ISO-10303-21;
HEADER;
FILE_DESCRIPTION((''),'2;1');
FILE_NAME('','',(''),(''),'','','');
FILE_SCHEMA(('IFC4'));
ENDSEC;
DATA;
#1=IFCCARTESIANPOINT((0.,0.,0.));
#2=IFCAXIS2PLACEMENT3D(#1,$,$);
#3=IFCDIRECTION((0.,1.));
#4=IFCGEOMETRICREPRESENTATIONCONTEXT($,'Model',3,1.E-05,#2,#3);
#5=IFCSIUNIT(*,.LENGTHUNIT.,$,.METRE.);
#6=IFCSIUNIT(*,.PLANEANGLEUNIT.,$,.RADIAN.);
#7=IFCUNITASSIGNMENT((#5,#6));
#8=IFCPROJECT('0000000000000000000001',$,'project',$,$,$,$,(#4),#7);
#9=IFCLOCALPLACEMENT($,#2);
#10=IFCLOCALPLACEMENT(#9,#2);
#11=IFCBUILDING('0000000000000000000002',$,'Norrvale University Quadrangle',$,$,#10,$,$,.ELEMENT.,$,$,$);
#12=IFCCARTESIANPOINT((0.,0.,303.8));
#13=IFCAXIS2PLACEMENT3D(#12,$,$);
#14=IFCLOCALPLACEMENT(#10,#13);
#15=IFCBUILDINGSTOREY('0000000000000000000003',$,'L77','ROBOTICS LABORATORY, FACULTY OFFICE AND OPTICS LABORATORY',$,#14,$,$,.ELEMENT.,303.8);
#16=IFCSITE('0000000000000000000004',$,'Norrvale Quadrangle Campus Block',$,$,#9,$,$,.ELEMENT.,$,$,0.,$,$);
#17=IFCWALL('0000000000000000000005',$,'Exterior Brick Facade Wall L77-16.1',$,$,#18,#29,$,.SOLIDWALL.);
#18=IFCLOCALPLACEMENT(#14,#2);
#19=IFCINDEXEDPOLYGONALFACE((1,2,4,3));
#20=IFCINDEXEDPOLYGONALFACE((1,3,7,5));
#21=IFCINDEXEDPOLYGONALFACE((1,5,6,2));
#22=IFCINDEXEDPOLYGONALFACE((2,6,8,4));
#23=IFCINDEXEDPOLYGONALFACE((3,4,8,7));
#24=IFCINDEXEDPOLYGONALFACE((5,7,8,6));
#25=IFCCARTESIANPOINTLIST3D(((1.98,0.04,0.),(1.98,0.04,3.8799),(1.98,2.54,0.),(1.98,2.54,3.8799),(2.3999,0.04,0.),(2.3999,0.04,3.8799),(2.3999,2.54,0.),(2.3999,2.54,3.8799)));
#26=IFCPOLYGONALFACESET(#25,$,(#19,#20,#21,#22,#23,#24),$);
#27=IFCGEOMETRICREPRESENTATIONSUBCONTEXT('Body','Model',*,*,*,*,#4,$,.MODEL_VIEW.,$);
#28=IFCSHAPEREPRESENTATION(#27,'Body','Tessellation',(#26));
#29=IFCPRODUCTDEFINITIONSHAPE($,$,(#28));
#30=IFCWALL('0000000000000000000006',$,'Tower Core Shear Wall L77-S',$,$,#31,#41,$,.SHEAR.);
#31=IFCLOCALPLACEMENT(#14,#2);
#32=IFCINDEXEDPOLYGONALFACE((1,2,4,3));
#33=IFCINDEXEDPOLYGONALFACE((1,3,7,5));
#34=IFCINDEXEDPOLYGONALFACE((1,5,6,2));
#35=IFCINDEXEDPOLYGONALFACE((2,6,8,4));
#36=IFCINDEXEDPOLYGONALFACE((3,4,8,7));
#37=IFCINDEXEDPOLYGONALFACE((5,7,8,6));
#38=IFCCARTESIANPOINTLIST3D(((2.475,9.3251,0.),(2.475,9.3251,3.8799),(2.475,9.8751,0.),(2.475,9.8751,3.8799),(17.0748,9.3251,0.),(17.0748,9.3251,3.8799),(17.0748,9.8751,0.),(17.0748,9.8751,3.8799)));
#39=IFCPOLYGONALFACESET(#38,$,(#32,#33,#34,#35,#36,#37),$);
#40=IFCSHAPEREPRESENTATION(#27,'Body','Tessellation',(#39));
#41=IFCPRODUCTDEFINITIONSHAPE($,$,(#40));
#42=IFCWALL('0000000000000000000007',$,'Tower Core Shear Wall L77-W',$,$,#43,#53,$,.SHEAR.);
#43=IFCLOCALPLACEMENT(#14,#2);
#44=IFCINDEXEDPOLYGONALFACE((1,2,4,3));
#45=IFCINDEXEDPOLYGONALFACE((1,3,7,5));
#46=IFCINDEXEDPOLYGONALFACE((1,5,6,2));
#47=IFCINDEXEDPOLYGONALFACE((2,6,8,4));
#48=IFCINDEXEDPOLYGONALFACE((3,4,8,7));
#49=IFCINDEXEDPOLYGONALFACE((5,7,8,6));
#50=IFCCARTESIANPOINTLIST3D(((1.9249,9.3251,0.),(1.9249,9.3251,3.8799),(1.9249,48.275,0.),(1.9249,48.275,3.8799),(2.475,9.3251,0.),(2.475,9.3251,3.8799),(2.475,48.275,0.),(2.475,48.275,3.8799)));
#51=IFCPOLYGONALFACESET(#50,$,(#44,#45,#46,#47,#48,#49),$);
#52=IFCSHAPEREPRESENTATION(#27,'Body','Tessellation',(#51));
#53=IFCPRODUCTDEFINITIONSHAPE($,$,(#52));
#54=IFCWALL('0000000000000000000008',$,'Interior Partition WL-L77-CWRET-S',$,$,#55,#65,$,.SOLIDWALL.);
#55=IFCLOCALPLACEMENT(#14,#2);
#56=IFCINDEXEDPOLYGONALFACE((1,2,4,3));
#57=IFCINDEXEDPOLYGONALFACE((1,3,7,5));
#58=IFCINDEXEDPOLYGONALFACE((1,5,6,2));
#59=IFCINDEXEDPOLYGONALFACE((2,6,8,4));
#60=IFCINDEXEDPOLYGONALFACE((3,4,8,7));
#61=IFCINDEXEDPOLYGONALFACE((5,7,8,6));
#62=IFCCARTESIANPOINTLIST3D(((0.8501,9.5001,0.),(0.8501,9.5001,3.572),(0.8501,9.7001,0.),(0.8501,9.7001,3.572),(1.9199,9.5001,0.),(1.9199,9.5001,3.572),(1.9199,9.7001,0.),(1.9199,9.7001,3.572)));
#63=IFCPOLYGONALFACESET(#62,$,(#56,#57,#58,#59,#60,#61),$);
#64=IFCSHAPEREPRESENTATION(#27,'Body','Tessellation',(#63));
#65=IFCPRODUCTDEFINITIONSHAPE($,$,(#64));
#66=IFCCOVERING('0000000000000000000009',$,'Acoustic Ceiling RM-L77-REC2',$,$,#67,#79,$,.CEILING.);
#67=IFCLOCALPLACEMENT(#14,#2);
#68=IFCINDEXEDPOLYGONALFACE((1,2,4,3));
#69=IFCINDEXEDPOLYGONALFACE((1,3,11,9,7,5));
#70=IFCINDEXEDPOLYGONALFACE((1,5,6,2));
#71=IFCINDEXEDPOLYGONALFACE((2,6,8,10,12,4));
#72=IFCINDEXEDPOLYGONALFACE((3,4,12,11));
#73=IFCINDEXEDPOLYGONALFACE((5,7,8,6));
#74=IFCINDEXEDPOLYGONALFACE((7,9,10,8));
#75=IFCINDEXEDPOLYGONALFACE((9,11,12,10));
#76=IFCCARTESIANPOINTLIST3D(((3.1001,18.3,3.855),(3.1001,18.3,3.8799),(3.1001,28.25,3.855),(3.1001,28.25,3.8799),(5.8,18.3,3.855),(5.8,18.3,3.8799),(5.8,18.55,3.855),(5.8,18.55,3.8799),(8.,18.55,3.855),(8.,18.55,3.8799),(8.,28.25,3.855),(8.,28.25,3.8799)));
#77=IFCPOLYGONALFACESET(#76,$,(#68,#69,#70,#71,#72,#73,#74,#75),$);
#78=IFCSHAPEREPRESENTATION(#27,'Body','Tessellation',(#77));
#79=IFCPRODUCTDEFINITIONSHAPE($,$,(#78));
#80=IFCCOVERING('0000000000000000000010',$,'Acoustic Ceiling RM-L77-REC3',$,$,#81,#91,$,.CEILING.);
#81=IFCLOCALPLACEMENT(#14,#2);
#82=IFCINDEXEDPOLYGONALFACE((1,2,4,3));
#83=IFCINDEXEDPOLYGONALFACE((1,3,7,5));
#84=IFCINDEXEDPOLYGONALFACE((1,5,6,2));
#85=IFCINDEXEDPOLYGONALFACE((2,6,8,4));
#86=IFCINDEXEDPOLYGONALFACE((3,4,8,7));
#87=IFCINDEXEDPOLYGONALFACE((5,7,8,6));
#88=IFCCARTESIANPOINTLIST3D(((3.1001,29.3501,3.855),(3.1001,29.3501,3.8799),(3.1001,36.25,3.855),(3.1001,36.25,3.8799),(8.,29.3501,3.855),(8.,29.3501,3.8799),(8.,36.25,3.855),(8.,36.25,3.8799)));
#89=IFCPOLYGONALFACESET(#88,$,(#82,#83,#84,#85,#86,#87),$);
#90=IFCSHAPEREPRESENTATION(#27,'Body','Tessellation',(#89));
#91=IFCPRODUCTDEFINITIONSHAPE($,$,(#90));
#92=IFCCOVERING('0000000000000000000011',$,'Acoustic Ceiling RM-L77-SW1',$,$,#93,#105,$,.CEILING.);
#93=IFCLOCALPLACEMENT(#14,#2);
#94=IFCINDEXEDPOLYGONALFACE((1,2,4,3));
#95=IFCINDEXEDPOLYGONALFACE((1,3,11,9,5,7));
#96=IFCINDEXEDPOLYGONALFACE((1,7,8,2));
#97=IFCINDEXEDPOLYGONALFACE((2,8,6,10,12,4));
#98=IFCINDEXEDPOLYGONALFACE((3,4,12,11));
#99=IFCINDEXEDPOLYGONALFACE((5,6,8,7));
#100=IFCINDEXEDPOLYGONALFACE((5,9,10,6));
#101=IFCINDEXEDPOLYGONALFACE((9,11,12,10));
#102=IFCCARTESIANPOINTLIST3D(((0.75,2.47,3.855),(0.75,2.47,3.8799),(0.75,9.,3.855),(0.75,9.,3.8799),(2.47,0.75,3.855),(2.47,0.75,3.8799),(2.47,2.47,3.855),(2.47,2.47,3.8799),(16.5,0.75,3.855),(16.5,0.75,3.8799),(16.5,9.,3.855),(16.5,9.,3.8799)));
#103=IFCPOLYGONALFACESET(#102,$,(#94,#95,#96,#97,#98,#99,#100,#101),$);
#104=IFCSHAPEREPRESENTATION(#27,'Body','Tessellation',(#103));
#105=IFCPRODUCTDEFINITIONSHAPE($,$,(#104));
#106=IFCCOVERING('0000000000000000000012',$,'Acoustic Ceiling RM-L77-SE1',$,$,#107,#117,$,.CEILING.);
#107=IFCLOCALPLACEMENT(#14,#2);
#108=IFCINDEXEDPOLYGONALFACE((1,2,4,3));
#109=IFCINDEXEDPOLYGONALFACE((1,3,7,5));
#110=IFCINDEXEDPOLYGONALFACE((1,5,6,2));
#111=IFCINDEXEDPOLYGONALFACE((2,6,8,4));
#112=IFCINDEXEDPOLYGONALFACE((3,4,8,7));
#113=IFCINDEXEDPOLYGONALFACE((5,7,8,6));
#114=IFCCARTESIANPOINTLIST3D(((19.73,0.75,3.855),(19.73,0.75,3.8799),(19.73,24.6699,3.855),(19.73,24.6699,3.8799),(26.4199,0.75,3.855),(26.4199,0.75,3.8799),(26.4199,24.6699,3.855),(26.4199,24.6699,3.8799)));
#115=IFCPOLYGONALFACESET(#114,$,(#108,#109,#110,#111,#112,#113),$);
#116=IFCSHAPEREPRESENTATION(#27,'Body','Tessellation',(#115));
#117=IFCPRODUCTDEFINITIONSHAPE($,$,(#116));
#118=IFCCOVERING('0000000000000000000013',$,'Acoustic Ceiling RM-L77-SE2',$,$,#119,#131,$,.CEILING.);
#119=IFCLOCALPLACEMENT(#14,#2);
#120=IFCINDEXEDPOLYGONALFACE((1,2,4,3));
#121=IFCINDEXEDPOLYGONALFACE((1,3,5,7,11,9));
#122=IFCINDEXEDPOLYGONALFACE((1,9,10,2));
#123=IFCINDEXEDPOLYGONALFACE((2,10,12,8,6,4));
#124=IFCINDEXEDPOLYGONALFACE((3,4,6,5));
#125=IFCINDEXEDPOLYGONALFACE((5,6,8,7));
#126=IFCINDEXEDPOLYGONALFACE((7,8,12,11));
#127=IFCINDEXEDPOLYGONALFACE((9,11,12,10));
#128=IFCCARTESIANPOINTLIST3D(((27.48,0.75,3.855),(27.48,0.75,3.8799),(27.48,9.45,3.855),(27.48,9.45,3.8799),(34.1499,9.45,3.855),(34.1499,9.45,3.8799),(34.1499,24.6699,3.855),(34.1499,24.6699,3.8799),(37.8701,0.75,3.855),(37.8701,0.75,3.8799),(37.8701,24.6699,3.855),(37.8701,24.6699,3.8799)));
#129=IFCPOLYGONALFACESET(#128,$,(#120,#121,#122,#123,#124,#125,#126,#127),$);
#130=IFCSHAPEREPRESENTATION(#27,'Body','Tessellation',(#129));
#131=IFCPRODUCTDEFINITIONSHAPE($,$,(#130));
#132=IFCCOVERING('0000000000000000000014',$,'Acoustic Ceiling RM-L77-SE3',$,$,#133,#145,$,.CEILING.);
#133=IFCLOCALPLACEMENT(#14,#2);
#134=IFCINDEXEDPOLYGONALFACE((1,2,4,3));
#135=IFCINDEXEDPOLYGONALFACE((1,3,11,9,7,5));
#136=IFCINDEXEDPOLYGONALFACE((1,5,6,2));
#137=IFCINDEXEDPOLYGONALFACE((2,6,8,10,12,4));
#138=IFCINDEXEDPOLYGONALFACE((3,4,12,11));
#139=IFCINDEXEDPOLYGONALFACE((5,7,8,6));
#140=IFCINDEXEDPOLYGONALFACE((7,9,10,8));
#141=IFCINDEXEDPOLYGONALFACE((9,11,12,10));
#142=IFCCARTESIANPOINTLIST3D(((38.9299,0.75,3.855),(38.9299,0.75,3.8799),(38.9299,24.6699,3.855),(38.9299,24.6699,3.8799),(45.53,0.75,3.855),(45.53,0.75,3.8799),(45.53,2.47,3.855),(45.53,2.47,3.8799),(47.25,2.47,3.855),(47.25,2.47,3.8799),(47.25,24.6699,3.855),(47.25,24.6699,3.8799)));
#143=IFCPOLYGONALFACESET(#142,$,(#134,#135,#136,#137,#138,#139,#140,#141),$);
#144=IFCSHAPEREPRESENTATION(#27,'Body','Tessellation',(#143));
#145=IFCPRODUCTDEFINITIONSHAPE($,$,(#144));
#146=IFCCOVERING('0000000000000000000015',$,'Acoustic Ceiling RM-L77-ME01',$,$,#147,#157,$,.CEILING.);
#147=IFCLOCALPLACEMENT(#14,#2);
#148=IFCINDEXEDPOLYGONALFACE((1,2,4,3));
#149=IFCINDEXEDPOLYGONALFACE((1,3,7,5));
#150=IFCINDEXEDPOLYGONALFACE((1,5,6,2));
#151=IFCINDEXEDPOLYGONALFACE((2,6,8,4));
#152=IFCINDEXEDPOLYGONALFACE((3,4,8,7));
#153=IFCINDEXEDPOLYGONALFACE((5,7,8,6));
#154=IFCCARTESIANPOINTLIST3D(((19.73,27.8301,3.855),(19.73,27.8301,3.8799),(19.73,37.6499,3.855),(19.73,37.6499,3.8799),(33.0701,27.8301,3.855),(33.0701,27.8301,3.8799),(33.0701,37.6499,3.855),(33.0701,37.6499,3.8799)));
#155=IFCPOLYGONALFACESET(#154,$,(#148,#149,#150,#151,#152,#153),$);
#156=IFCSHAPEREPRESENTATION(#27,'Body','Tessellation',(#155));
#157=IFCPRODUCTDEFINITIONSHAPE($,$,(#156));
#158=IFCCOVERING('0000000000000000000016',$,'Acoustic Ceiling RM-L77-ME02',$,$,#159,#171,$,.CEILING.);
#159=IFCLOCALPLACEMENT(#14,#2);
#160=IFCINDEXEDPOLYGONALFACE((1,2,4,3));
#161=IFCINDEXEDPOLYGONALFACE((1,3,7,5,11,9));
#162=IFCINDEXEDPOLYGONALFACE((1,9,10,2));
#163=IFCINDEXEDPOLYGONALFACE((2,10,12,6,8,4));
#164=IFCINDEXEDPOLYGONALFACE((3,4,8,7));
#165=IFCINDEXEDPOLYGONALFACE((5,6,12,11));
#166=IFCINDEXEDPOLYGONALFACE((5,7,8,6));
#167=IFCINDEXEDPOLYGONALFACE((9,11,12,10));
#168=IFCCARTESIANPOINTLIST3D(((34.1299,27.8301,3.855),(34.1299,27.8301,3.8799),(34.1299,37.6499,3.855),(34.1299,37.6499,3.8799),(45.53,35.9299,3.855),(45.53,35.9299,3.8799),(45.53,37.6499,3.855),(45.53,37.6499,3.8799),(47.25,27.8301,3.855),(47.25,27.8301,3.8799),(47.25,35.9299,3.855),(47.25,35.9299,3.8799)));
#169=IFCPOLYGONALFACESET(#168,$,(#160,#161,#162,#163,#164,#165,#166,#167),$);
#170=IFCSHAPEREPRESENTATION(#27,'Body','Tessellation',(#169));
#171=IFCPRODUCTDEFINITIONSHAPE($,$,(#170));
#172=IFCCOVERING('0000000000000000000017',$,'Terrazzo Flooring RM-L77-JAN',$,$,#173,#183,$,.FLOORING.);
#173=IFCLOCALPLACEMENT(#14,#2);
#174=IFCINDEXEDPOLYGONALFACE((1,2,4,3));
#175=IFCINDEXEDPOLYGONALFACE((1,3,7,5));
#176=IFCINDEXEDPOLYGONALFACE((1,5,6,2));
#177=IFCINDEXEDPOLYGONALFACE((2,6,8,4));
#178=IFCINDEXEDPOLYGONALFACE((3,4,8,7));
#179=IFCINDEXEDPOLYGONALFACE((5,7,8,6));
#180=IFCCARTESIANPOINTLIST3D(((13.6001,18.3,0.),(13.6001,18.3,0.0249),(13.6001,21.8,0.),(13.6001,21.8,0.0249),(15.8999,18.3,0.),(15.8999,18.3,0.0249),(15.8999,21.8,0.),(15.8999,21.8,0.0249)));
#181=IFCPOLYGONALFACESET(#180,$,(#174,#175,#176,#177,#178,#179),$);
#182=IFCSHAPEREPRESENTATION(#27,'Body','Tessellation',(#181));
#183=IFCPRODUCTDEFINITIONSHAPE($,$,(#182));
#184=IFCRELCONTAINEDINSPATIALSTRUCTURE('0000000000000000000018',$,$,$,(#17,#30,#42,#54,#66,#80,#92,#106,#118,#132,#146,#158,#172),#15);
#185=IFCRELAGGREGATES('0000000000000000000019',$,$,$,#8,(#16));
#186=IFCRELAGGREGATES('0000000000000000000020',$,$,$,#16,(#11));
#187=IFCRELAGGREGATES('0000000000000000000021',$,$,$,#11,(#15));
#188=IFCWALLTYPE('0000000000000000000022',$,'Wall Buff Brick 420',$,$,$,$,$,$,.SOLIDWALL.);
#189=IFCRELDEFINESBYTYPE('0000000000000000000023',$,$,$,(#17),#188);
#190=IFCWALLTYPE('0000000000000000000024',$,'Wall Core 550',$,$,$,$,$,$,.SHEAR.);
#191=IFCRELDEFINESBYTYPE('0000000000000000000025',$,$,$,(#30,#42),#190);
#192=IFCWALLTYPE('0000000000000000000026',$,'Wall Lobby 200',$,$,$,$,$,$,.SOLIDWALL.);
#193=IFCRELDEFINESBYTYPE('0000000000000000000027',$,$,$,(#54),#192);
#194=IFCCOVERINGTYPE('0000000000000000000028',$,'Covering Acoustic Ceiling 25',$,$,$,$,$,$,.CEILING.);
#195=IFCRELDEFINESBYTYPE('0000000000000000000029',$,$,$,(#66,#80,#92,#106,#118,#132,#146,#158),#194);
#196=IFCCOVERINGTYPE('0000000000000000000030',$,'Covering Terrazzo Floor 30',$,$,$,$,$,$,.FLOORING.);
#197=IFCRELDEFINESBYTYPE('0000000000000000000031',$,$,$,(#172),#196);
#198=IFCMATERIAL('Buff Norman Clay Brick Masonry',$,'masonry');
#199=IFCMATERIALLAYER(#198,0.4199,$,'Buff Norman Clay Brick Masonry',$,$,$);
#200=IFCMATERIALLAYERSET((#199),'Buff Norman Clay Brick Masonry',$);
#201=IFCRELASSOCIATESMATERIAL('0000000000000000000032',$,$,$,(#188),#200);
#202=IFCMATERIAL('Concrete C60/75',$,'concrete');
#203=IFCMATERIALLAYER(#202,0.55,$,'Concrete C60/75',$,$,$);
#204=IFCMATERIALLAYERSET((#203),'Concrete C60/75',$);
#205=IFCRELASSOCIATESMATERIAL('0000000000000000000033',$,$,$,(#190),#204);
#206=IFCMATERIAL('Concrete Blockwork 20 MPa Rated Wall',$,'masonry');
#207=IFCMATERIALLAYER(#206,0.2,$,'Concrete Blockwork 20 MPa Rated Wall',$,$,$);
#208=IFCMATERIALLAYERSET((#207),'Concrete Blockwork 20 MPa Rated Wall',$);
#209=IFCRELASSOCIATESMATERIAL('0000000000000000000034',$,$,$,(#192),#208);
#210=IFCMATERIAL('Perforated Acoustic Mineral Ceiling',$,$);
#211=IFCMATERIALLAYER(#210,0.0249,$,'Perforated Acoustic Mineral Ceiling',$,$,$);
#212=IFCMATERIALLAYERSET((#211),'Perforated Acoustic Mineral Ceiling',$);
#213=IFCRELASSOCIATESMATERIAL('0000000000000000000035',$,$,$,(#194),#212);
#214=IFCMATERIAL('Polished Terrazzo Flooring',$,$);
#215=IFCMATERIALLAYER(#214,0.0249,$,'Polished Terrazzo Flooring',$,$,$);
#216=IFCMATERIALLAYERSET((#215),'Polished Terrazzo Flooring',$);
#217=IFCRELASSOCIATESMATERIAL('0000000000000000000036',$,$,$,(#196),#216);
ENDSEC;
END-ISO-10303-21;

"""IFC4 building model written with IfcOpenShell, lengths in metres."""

from ifc_helpers import new_model, si_unit, direction, frame, frame_2d, origin, place, context, subcontext, project, spatial, polyline, rectangle, outline, extrude, material, layer, layer_set, type_object, element, save


model = new_model("IFC4")

# Units and contexts
model_context = context("Model", 3, precision=1e-05, world=origin(), true_north=direction((0.0, 1.0)))
body_context = subcontext(model_context, "Body", "Model", "MODEL_VIEW")
ifc_project = project(units=[si_unit("LENGTHUNIT", "METRE"), si_unit("PLANEANGLEUNIT", "RADIAN")], contexts=[model_context])

# Site, building, storey
site_placement = place(None, origin())
site = spatial("IfcSite", under=ifc_project, at=site_placement, Name="Norrvale Quadrangle Campus Block", CompositionType="ELEMENT", RefElevation=0.0)
building_placement = place(site_placement, origin())
building = spatial("IfcBuilding", under=site, at=building_placement, Name="Norrvale University Quadrangle", CompositionType="ELEMENT")
storey_placement = place(building_placement, frame((0.0, 0.0, 303.8)))
storey = spatial("IfcBuildingStorey", under=building, at=storey_placement, Name="L77", Description="ROBOTICS LABORATORY, FACULTY OFFICE AND OPTICS LABORATORY", CompositionType="ELEMENT", Elevation=303.8)

# Shared definitions
ifc_material_1 = material(Name="Concrete C60/75", Category="concrete")

# Shared definitions
ifc_material_2 = material(Name="Buff Norman Clay Brick Masonry", Category="masonry")
ifc_layer_1 = layer(ifc_material_2, 0.4199, Name="Buff Norman Clay Brick Masonry")
ifc_layer_set_1 = layer_set([ifc_layer_1], Name="Buff Norman Clay Brick Masonry")
wall_type_1 = type_object("IfcWallType", Name="Wall Buff Brick 420", PredefinedType="SOLIDWALL", material=ifc_layer_set_1)

# Walls
for number, where, z_axis, x_axis, name in (
    (1, (2.1899, 2.54, 0.0), (0.0, 0.0, 1.0), (0.0, -1.0, 0.0), "Exterior Brick Facade Wall L77-16.1"),
):
    element("IfcWall", number, at=place(storey_placement, frame(where, z_axis=z_axis, x_axis=x_axis)), inside=storey, type_object=wall_type_1, Name=name, PredefinedType="SOLIDWALL", context=body_context, shape_type="SweptSolid", body=[
        extrude(rectangle(XDim=2.5, YDim=0.4199, at=frame_2d((1.25, 0.0))), origin(), (0.0, 0.0, 1.0), 3.8799),
    ])
ifc_layer_2 = layer(ifc_material_1, 0.55, Name="Concrete C60/75")
ifc_layer_set_2 = layer_set([ifc_layer_2], Name="Concrete C60/75")
wall_type_2 = type_object("IfcWallType", Name="Wall Core 550", PredefinedType="SHEAR", material=ifc_layer_set_2)
wall_1_placement = place(storey_placement, frame((2.4751, 9.6001, 0.0), z_axis=(0.0, 0.0, 1.0), x_axis=(1.0, 0.0, 0.0)))
element("IfcWall", 2, at=wall_1_placement, inside=storey, type_object=wall_type_2, Name="Tower Core Shear Wall L77-S", PredefinedType="SHEAR", context=body_context, shape_type="SweptSolid", body=[
    extrude(rectangle(XDim=14.5999, YDim=0.55, at=frame_2d((7.2998, 0.0))), origin(), (0.0, 0.0, 1.0), 3.8799),
])
wall_2_placement = place(storey_placement, frame((2.2, 9.325, 0.0), z_axis=(0.0, 0.0, 1.0), x_axis=(0.0, 1.0, 0.0)))
element("IfcWall", 3, at=wall_2_placement, inside=storey, type_object=wall_type_2, Name="Tower Core Shear Wall L77-W", PredefinedType="SHEAR", context=body_context, shape_type="SweptSolid", body=[
    extrude(rectangle(XDim=38.95, YDim=0.55, at=frame_2d((19.4751, 0.0))), origin(), (0.0, 0.0, 1.0), 3.8799),
])
ifc_material_3 = material(Name="Concrete Blockwork 20 MPa Rated Wall", Category="masonry")
ifc_layer_3 = layer(ifc_material_3, 0.2, Name="Concrete Blockwork 20 MPa Rated Wall")
ifc_layer_set_3 = layer_set([ifc_layer_3], Name="Concrete Blockwork 20 MPa Rated Wall")
wall_type_3 = type_object("IfcWallType", Name="Wall Lobby 200", PredefinedType="SOLIDWALL", material=ifc_layer_set_3)
wall_3_placement = place(storey_placement, frame((0.8501, 9.6001, 0.0), z_axis=(0.0, 0.0, 1.0), x_axis=(1.0, 0.0, 0.0)))
element("IfcWall", 4, at=wall_3_placement, inside=storey, type_object=wall_type_3, Name="Interior Partition WL-L77-CWRET-S", PredefinedType="SOLIDWALL", context=body_context, shape_type="SweptSolid", body=[
    extrude(rectangle(XDim=1.0698, YDim=0.2, at=frame_2d((0.5349, 0.0))), origin(), (0.0, 0.0, 1.0), 3.572),
])

# Coverings
ifc_material_4 = material(Name="Perforated Acoustic Mineral Ceiling")
ifc_layer_4 = layer(ifc_material_4, 0.0249, Name="Perforated Acoustic Mineral Ceiling")
ifc_layer_set_4 = layer_set([ifc_layer_4], Name="Perforated Acoustic Mineral Ceiling")
covering_type_1 = type_object("IfcCoveringType", Name="Covering Acoustic Ceiling 25", PredefinedType="CEILING", material=ifc_layer_set_4)
covering_1_placement = place(storey_placement, frame((0.0, 0.0, 3.855)))
element("IfcCovering", 5, at=covering_1_placement, inside=storey, type_object=covering_type_1, Name="Acoustic Ceiling RM-L77-REC2", PredefinedType="CEILING", context=body_context, shape_type="SweptSolid", body=[
    extrude(outline(polyline([(3.1001, 18.3), (3.1001, 28.25), (8.0, 28.25), (8.0, 18.55), (5.8, 18.55), (5.8, 18.3), (3.1001, 18.3)])), origin(), (0.0, 0.0, 1.0), 0.0249),
])
covering_2_placement = place(storey_placement, frame((0.0, 0.0, 3.855)))
element("IfcCovering", 6, at=covering_2_placement, inside=storey, type_object=covering_type_1, Name="Acoustic Ceiling RM-L77-REC3", PredefinedType="CEILING", context=body_context, shape_type="SweptSolid", body=[
    extrude(outline(polyline([(3.1001, 29.3501), (3.1001, 36.25), (8.0, 36.25), (8.0, 29.3501), (3.1001, 29.3501)])), origin(), (0.0, 0.0, 1.0), 0.0249),
])
covering_3_placement = place(storey_placement, frame((0.0, 0.0, 3.855)))
element("IfcCovering", 7, at=covering_3_placement, inside=storey, type_object=covering_type_1, Name="Acoustic Ceiling RM-L77-SW1", PredefinedType="CEILING", context=body_context, shape_type="SweptSolid", body=[
    extrude(outline(polyline([(0.75, 9.0), (16.5, 9.0), (16.5, 0.75), (2.47, 0.75), (2.47, 2.47), (0.75, 2.47), (0.75, 9.0)])), origin(), (0.0, 0.0, 1.0), 0.0249),
])
covering_4_placement = place(storey_placement, frame((0.0, 0.0, 3.855)))
element("IfcCovering", 8, at=covering_4_placement, inside=storey, type_object=covering_type_1, Name="Acoustic Ceiling RM-L77-SE1", PredefinedType="CEILING", context=body_context, shape_type="SweptSolid", body=[
    extrude(outline(polyline([(19.73, 24.6699), (26.4199, 24.6699), (26.4199, 0.75), (19.73, 0.75), (19.73, 24.6699)])), origin(), (0.0, 0.0, 1.0), 0.0249),
])
covering_5_placement = place(storey_placement, frame((0.0, 0.0, 3.855)))
element("IfcCovering", 9, at=covering_5_placement, inside=storey, type_object=covering_type_1, Name="Acoustic Ceiling RM-L77-SE2", PredefinedType="CEILING", context=body_context, shape_type="SweptSolid", body=[
    extrude(outline(polyline([(27.48, 9.45), (34.1499, 9.45), (34.1499, 24.6699), (37.8701, 24.6699), (37.8701, 0.75), (27.48, 0.75), (27.48, 9.45)])), origin(), (0.0, 0.0, 1.0), 0.0249),
])
covering_6_placement = place(storey_placement, frame((0.0, 0.0, 3.855)))
element("IfcCovering", 10, at=covering_6_placement, inside=storey, type_object=covering_type_1, Name="Acoustic Ceiling RM-L77-SE3", PredefinedType="CEILING", context=body_context, shape_type="SweptSolid", body=[
    extrude(outline(polyline([(38.9299, 0.75), (38.9299, 24.6699), (47.25, 24.6699), (47.25, 2.47), (45.53, 2.47), (45.53, 0.75), (38.9299, 0.75)])), origin(), (0.0, 0.0, 1.0), 0.0249),
])
covering_7_placement = place(storey_placement, frame((0.0, 0.0, 3.855)))
element("IfcCovering", 11, at=covering_7_placement, inside=storey, type_object=covering_type_1, Name="Acoustic Ceiling RM-L77-ME01", PredefinedType="CEILING", context=body_context, shape_type="SweptSolid", body=[
    extrude(outline(polyline([(19.73, 37.6499), (33.0701, 37.6499), (33.0701, 27.8301), (19.73, 27.8301), (19.73, 37.6499)])), origin(), (0.0, 0.0, 1.0), 0.0249),
])
covering_8_placement = place(storey_placement, frame((0.0, 0.0, 3.855)))
element("IfcCovering", 12, at=covering_8_placement, inside=storey, type_object=covering_type_1, Name="Acoustic Ceiling RM-L77-ME02", PredefinedType="CEILING", context=body_context, shape_type="SweptSolid", body=[
    extrude(outline(polyline([(47.25, 27.8301), (34.1299, 27.8301), (34.1299, 37.6499), (45.53, 37.6499), (45.53, 35.9299), (47.25, 35.9299), (47.25, 27.8301)])), origin(), (0.0, 0.0, 1.0), 0.0249),
])
ifc_material_5 = material(Name="Polished Terrazzo Flooring")
ifc_layer_5 = layer(ifc_material_5, 0.0249, Name="Polished Terrazzo Flooring")
ifc_layer_set_5 = layer_set([ifc_layer_5], Name="Polished Terrazzo Flooring")
covering_type_2 = type_object("IfcCoveringType", Name="Covering Terrazzo Floor 30", PredefinedType="FLOORING", material=ifc_layer_set_5)
covering_9_placement = place(storey_placement, origin())
element("IfcCovering", 13, at=covering_9_placement, inside=storey, type_object=covering_type_2, Name="Terrazzo Flooring RM-L77-JAN", PredefinedType="FLOORING", context=body_context, shape_type="SweptSolid", body=[
    extrude(outline(polyline([(13.6001, 18.3), (13.6001, 21.8), (15.8999, 21.8), (15.8999, 18.3), (13.6001, 18.3)])), origin(), (0.0, 0.0, 1.0), 0.0249),
])

save(model, "model.ifc")
